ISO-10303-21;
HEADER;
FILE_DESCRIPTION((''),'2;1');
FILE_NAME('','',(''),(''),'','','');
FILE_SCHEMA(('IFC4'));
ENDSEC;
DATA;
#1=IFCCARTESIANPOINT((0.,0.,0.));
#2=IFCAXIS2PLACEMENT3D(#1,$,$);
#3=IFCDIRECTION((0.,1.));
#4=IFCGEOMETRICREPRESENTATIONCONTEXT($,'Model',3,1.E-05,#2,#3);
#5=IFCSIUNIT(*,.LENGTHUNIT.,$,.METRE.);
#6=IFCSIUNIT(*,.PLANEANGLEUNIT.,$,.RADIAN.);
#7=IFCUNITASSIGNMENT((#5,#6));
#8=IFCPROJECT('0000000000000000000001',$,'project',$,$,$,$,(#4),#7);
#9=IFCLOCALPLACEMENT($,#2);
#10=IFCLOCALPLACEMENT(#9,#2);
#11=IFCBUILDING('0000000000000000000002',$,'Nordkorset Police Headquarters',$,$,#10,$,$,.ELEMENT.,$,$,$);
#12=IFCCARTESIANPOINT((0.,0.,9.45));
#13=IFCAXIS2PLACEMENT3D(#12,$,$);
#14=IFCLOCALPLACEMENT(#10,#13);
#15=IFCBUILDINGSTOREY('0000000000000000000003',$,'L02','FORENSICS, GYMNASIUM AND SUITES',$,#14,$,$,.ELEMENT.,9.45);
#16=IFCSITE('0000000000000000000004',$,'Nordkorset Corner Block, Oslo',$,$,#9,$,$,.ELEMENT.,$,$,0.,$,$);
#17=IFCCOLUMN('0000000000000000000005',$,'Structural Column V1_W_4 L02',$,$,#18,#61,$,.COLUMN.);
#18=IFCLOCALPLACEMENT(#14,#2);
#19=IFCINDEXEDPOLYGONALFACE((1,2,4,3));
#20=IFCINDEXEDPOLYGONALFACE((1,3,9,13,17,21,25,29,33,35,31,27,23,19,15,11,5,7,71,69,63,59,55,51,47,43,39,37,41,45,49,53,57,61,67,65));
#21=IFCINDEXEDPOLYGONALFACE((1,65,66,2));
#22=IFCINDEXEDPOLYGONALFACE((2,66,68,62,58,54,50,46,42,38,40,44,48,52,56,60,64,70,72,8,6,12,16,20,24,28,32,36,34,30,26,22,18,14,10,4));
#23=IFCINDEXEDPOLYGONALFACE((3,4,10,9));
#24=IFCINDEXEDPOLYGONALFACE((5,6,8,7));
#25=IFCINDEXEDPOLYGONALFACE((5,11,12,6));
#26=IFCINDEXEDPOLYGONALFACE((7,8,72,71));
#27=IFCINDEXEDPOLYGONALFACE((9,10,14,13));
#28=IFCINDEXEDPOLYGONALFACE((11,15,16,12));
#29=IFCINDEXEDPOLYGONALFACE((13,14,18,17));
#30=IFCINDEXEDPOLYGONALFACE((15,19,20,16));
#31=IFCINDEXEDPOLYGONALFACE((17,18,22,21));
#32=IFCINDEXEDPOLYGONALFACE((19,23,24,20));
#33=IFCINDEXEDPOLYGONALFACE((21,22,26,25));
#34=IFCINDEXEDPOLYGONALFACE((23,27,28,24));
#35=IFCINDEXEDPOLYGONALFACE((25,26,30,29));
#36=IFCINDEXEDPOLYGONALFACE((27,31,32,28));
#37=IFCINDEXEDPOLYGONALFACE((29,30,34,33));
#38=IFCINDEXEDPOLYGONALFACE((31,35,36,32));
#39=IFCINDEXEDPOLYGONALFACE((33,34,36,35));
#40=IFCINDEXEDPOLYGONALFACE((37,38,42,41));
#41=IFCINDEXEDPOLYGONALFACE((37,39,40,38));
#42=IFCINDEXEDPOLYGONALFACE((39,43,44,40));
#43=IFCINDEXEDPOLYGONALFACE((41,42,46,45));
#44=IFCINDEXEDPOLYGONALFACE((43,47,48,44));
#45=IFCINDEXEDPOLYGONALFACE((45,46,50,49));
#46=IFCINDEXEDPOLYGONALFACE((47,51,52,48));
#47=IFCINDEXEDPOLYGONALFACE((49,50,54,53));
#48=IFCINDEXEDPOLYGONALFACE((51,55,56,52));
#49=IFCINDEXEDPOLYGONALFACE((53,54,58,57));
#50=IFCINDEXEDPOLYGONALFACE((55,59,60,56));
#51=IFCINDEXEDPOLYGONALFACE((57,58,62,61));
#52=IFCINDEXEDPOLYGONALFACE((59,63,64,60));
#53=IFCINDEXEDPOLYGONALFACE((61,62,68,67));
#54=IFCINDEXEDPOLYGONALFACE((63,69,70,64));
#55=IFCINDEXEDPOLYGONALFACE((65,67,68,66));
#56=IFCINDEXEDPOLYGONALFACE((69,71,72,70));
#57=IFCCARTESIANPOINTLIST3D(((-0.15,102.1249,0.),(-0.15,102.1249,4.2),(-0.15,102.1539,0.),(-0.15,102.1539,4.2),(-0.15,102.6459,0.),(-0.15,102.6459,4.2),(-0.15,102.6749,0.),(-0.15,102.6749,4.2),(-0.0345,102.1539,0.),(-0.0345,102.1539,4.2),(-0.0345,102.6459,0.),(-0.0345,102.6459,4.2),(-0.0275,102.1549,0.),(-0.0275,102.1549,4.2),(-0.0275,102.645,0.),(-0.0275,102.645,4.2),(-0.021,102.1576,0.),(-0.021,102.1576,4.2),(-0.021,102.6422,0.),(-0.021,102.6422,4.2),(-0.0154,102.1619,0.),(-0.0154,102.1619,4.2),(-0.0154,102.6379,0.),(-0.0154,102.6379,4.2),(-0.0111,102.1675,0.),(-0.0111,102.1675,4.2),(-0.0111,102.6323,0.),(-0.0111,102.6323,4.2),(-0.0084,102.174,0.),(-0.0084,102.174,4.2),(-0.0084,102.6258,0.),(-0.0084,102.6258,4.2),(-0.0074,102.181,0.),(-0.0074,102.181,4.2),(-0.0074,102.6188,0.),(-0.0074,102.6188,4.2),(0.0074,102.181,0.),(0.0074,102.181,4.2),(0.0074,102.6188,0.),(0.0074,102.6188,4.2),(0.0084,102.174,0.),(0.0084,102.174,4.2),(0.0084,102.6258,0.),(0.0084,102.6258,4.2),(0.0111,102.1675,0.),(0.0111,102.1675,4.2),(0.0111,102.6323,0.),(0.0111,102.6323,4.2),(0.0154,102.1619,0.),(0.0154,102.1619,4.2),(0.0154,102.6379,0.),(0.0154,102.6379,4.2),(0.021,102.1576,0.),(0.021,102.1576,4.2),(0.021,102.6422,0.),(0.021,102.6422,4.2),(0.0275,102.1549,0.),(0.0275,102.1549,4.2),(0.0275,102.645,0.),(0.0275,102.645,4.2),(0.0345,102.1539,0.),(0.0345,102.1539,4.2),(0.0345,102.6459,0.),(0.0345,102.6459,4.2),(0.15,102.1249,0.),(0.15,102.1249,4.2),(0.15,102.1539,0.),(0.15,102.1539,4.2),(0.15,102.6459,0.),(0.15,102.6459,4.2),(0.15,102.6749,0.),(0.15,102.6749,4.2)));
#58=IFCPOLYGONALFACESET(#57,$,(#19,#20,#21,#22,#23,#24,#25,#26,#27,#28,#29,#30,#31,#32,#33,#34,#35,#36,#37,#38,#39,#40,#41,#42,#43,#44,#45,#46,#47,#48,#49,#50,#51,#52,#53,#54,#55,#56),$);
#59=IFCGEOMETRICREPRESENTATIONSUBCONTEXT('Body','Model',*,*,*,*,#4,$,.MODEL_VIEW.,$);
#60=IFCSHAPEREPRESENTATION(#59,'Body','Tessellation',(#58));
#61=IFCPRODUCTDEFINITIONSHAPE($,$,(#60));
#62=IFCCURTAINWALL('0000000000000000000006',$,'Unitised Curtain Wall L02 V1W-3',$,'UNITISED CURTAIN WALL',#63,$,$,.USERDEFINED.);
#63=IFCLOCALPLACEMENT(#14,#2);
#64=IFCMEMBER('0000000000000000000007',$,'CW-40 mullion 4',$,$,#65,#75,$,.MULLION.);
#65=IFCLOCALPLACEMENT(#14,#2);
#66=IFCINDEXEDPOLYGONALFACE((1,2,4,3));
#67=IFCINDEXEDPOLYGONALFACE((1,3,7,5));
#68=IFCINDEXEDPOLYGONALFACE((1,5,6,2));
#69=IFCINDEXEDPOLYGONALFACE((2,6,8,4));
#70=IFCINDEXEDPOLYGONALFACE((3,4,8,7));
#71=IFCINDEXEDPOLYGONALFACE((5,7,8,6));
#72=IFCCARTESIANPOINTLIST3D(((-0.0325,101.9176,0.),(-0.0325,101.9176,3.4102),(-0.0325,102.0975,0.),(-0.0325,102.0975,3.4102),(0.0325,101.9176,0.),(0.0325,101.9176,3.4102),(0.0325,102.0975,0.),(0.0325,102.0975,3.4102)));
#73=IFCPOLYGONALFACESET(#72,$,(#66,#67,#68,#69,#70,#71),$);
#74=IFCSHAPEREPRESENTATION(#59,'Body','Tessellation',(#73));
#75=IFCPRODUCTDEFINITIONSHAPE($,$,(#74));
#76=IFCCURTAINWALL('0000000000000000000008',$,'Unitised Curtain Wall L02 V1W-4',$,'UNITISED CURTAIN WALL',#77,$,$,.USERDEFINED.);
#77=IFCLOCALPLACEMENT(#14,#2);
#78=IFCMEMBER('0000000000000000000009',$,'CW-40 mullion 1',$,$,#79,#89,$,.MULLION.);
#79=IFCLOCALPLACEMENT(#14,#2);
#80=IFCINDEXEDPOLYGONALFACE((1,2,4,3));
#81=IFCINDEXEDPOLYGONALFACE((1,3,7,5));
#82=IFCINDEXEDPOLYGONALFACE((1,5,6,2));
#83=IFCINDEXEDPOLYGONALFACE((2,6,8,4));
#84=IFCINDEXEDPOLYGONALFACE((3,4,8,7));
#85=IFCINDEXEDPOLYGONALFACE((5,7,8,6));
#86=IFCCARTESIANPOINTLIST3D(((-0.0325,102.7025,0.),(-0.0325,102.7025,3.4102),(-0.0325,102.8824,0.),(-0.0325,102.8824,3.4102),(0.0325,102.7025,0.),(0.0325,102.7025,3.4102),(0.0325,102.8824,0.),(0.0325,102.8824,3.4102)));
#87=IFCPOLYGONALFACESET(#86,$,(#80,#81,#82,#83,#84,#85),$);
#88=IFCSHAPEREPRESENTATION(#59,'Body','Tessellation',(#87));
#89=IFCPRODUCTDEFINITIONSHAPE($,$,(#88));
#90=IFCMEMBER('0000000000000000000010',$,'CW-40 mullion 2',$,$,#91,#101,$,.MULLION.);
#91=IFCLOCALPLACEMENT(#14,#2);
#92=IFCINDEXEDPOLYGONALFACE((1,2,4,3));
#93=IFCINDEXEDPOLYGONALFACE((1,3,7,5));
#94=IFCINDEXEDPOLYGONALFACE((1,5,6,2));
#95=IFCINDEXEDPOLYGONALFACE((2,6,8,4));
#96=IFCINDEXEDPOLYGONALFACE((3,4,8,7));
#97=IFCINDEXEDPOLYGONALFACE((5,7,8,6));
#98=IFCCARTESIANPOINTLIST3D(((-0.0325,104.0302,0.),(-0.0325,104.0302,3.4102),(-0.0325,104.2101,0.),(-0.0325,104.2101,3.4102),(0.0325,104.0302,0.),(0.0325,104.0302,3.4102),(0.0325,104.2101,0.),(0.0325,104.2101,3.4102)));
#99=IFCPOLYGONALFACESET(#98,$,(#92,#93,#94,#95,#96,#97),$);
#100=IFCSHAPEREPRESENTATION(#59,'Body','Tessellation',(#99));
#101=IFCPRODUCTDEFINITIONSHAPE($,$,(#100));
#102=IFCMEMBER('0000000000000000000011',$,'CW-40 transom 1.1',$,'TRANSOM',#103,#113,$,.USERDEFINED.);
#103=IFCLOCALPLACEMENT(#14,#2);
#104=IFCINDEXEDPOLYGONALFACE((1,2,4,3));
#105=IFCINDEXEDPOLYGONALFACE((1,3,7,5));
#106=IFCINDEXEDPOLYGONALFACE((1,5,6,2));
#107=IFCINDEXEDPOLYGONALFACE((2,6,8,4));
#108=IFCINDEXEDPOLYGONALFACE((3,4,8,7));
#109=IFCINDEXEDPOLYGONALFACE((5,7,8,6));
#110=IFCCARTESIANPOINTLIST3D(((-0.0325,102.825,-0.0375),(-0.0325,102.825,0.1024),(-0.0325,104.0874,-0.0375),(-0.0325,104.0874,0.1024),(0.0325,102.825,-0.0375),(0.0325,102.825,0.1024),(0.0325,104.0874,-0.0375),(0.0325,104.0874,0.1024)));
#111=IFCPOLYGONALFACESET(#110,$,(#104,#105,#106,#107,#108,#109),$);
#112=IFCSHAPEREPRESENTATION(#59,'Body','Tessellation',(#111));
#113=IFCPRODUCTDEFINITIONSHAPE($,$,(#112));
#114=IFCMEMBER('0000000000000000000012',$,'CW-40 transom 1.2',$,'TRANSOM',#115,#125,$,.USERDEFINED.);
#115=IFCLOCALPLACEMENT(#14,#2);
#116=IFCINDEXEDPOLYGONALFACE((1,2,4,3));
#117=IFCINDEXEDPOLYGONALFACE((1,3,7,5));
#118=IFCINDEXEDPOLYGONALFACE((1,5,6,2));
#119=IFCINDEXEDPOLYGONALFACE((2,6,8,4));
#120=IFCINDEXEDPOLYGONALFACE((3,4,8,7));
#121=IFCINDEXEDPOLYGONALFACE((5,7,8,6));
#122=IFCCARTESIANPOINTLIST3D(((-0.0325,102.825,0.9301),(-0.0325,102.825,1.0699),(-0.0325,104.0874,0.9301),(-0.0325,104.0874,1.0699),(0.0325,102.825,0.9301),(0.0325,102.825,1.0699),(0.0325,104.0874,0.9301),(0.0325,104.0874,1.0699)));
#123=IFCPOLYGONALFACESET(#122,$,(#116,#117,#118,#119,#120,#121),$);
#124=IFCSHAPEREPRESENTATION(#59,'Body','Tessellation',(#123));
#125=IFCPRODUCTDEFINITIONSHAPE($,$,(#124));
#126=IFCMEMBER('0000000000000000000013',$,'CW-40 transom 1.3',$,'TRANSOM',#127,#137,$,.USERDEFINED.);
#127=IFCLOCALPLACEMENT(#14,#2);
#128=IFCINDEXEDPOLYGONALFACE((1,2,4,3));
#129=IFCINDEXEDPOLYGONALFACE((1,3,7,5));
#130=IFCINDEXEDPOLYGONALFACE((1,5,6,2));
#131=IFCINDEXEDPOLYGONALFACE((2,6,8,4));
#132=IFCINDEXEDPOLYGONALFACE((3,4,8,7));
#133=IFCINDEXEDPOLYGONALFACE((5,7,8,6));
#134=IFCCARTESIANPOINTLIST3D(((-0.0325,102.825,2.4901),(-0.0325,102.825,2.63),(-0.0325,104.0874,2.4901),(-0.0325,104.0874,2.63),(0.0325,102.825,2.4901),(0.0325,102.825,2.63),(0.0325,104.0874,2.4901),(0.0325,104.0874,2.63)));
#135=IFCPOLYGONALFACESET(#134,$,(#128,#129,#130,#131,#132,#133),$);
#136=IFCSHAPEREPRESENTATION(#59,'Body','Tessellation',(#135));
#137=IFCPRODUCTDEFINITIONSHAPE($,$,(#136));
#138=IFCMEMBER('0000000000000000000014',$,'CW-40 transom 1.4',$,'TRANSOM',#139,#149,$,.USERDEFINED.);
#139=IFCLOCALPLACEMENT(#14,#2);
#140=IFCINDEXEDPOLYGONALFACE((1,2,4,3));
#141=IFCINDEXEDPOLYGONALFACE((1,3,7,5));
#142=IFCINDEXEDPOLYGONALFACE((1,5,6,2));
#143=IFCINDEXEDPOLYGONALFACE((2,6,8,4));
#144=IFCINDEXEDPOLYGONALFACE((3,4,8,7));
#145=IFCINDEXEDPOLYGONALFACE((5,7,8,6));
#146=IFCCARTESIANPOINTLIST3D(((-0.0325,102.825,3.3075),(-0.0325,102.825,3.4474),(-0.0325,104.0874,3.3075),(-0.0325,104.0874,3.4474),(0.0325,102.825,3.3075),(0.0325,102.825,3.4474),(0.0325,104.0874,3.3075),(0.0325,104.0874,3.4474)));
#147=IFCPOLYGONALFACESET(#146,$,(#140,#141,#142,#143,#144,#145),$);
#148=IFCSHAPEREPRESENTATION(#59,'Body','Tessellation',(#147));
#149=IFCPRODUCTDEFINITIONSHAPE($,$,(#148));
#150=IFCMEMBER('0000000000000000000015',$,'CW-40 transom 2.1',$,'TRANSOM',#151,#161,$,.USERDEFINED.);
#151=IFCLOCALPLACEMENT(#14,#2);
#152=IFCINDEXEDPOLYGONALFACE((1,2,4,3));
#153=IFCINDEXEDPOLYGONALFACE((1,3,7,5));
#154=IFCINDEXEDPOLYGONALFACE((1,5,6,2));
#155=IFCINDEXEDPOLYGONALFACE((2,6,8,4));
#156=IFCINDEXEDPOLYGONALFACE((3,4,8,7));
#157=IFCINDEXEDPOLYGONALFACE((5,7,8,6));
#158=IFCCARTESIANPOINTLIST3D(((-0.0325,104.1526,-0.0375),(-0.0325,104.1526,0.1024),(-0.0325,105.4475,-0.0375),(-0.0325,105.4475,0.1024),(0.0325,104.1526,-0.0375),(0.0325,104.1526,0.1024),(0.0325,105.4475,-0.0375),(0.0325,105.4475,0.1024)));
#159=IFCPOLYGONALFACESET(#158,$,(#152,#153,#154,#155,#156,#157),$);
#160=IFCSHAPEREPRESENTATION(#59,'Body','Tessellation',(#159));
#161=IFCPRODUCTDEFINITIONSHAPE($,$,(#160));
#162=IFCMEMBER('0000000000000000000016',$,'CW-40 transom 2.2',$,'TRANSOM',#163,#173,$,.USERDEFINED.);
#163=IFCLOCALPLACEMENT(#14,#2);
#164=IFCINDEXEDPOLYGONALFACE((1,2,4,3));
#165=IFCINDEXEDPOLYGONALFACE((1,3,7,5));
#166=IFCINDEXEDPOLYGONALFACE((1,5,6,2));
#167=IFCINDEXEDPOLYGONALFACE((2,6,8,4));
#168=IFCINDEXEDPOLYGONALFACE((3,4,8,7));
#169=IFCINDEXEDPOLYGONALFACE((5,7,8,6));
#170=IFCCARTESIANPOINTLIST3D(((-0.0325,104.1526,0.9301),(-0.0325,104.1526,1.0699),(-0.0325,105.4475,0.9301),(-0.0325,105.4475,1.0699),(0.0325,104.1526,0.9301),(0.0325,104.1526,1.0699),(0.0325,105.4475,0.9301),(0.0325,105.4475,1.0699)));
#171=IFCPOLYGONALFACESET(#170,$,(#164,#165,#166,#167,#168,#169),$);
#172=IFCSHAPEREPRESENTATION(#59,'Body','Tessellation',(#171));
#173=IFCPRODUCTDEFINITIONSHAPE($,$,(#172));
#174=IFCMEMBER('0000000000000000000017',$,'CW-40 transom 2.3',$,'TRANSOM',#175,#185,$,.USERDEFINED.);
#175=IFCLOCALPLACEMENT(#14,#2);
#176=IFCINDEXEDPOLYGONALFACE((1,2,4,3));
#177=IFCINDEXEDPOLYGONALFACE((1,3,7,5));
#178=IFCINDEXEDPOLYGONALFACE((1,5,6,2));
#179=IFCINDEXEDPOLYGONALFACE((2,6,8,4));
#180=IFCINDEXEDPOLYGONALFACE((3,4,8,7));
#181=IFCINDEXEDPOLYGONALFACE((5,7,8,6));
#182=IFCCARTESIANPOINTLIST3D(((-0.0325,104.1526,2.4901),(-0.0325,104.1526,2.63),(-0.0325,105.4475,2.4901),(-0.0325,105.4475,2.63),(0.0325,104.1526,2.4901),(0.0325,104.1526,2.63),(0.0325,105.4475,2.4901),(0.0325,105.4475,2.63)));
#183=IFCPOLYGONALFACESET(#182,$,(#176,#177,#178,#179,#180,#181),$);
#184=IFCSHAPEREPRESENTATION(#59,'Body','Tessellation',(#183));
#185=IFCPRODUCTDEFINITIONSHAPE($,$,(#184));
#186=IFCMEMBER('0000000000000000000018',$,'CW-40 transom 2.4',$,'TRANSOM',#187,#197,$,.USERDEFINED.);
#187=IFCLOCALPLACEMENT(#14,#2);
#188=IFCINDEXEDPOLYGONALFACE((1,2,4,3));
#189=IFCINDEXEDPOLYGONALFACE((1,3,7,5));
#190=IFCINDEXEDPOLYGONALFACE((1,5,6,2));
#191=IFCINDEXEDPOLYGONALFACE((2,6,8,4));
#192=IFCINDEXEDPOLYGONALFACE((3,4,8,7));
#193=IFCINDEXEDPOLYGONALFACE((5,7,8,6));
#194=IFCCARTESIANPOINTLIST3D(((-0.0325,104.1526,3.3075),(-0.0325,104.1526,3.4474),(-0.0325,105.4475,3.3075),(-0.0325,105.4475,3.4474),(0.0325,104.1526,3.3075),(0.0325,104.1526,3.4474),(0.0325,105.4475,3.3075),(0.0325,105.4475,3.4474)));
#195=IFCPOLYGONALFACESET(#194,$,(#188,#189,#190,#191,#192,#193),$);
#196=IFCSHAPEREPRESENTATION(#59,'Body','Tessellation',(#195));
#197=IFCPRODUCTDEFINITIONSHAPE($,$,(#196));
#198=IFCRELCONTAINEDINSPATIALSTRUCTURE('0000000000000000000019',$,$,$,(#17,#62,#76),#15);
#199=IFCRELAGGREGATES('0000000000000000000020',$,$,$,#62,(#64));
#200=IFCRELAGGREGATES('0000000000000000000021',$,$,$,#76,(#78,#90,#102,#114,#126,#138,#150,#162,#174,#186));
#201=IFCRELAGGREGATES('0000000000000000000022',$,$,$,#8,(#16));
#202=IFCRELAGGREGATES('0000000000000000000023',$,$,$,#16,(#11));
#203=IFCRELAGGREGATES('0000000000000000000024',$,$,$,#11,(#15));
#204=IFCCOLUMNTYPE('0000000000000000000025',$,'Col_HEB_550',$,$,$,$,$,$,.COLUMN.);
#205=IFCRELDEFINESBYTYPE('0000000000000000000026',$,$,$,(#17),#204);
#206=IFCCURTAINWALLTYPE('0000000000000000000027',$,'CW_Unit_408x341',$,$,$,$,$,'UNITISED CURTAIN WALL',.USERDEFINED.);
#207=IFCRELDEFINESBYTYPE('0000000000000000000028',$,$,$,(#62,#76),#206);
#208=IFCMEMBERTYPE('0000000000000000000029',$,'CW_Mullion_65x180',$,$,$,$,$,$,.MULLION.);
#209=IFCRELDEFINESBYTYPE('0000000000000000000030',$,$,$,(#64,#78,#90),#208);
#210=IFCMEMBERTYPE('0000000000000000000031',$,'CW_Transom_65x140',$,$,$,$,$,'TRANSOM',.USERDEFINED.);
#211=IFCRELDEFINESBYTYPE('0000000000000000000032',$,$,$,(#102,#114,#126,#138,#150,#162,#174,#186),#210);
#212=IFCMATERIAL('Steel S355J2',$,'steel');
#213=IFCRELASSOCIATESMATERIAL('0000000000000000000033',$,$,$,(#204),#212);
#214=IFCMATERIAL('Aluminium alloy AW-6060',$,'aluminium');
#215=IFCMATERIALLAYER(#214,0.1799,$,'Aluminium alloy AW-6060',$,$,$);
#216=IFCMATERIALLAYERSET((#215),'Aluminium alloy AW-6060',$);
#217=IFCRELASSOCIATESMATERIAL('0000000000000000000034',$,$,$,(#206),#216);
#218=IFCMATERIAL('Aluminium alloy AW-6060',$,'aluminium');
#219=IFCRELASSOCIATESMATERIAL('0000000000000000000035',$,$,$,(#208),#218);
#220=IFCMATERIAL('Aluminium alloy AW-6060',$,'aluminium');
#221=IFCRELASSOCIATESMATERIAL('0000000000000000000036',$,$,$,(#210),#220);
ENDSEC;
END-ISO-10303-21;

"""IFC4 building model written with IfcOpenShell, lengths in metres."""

from ifc_helpers import new_model, si_unit, direction, frame, origin, origin_2d, place, context, subcontext, project, spatial, rectangle, i_section, extrude, material, layer, layer_set, material_profile, profile_set, type_object, element, aggregate, save


model = new_model("IFC4")

# Units and contexts
model_context = context("Model", 3, precision=1e-05, world=origin(), true_north=direction((0.0, 1.0)))
body_context = subcontext(model_context, "Body", "Model", "MODEL_VIEW")
ifc_project = project(units=[si_unit("LENGTHUNIT", "METRE"), si_unit("PLANEANGLEUNIT", "RADIAN")], contexts=[model_context])

# Site, building, storey
site_placement = place(None, origin())
site = spatial("IfcSite", under=ifc_project, at=site_placement, Name="Nordkorset Corner Block, Oslo", CompositionType="ELEMENT", RefElevation=0.0)
building_placement = place(site_placement, origin())
building = spatial("IfcBuilding", under=site, at=building_placement, Name="Nordkorset Police Headquarters", CompositionType="ELEMENT")
storey_placement = place(building_placement, frame((0.0, 0.0, 9.45)))
storey = spatial("IfcBuildingStorey", under=building, at=storey_placement, Name="L02", Description="FORENSICS, GYMNASIUM AND SUITES", CompositionType="ELEMENT", Elevation=9.45)

# Column
ifc_material_1 = material(Name="Steel S355J2", Category="steel")
ifc_material_profile_1 = material_profile(ifc_material_1, i_section(OverallWidth=0.3, OverallDepth=0.55, WebThickness=0.0149, FlangeThickness=0.0291, FilletRadius=0.0271, at=origin_2d()), Name="HEB 550")
ifc_profile_set_1 = profile_set([ifc_material_profile_1], Name="Steel S355J2")
column_type = type_object("IfcColumnType", Name="Col_HEB_550", PredefinedType="COLUMN", material=ifc_profile_set_1)
column_placement = place(storey_placement, frame((0.0, 102.3999, 0.0), z_axis=(0.0, 0.0, 1.0), x_axis=(1.0, 0.0, 0.0)))
element("IfcColumn", 1, at=column_placement, inside=storey, type_object=column_type, Name="Structural Column V1_W_4 L02", PredefinedType="COLUMN", context=body_context, shape_type="SweptSolid", body=[
    extrude(i_section(OverallWidth=0.3, OverallDepth=0.55, WebThickness=0.0149, FlangeThickness=0.0291, FilletRadius=0.0271, at=origin_2d()), origin(), (0.0, 0.0, 1.0), 4.2),
])

# Curtain wall, member
ifc_material_2 = material(Name="Aluminium alloy AW-6060", Category="aluminium")
ifc_layer_1 = layer(ifc_material_2, 0.1799, Name="Aluminium alloy AW-6060")
ifc_layer_set_1 = layer_set([ifc_layer_1], Name="Aluminium alloy AW-6060")
curtain_wall_type = type_object("IfcCurtainWallType", Name="CW_Unit_408x341", ElementType="UNITISED CURTAIN WALL", PredefinedType="USERDEFINED", material=ifc_layer_set_1)
curtain_wall_1_placement = place(storey_placement, origin())
curtain_wall_1 = element("IfcCurtainWall", 2, at=curtain_wall_1_placement, inside=storey, type_object=curtain_wall_type, Name="Unitised Curtain Wall L02 V1W-3", ObjectType="UNITISED CURTAIN WALL", PredefinedType="USERDEFINED")
ifc_material_3 = material(Name="Aluminium alloy AW-6060", Category="aluminium")
ifc_material_profile_2 = material_profile(ifc_material_3, rectangle(XDim=0.0649, YDim=0.1799, at=origin_2d()), Name="ALU MULL 65x180")
ifc_profile_set_2 = profile_set([ifc_material_profile_2], Name="Aluminium alloy AW-6060")
member_type_1 = type_object("IfcMemberType", Name="CW_Mullion_65x180", PredefinedType="MULLION", material=ifc_profile_set_2)
member_1_placement = place(storey_placement, frame((0.0, 102.0076, 0.0), z_axis=(0.0, 0.0, 1.0), x_axis=(-1.0, 0.0, 0.0)))
member_1 = element("IfcMember", 3, at=member_1_placement, type_object=member_type_1, Name="CW-40 mullion 4", PredefinedType="MULLION", context=body_context, shape_type="SweptSolid", body=[
    extrude(rectangle(XDim=0.0649, YDim=0.1799, at=origin_2d()), origin(), (0.0, 0.0, 1.0), 3.4102),
])

# Curtain wall, members
curtain_wall_2_placement = place(storey_placement, origin())
curtain_wall_2 = element("IfcCurtainWall", 4, at=curtain_wall_2_placement, inside=storey, type_object=curtain_wall_type, Name="Unitised Curtain Wall L02 V1W-4", ObjectType="UNITISED CURTAIN WALL", PredefinedType="USERDEFINED")
member_2_placement = place(storey_placement, frame((0.0, 102.7925, 0.0), z_axis=(0.0, 0.0, 1.0), x_axis=(-1.0, 0.0, 0.0)))
member_2 = element("IfcMember", 5, at=member_2_placement, type_object=member_type_1, Name="CW-40 mullion 1", PredefinedType="MULLION", context=body_context, shape_type="SweptSolid", body=[
    extrude(rectangle(XDim=0.0649, YDim=0.1799, at=origin_2d()), origin(), (0.0, 0.0, 1.0), 3.4102),
])
member_3_placement = place(storey_placement, frame((0.0, 104.1201, 0.0), z_axis=(0.0, 0.0, 1.0), x_axis=(-1.0, 0.0, 0.0)))
member_3 = element("IfcMember", 6, at=member_3_placement, type_object=member_type_1, Name="CW-40 mullion 2", PredefinedType="MULLION", context=body_context, shape_type="SweptSolid", body=[
    extrude(rectangle(XDim=0.0649, YDim=0.1799, at=origin_2d()), origin(), (0.0, 0.0, 1.0), 3.4102),
])
ifc_material_4 = material(Name="Aluminium alloy AW-6060", Category="aluminium")
ifc_material_profile_3 = material_profile(ifc_material_4, rectangle(XDim=0.0649, YDim=0.1399, at=origin_2d()), Name="ALU TRAN 65x140")
ifc_profile_set_3 = profile_set([ifc_material_profile_3], Name="Aluminium alloy AW-6060")
member_type_2 = type_object("IfcMemberType", Name="CW_Transom_65x140", ElementType="TRANSOM", PredefinedType="USERDEFINED", material=ifc_profile_set_3)
member_4_placement = place(storey_placement, frame((0.0, 102.825, 0.0325), z_axis=(0.0, 1.0, 0.0), x_axis=(-1.0, 0.0, 0.0)))
member_4 = element("IfcMember", 7, at=member_4_placement, type_object=member_type_2, Name="CW-40 transom 1.1", ObjectType="TRANSOM", PredefinedType="USERDEFINED", context=body_context, shape_type="SweptSolid", body=[
    extrude(rectangle(XDim=0.0649, YDim=0.1399, at=origin_2d()), origin(), (0.0, 0.0, 1.0), 1.2625),
])
member_5_placement = place(storey_placement, frame((0.0, 102.825, 1.0), z_axis=(0.0, 1.0, 0.0), x_axis=(-1.0, 0.0, 0.0)))
member_5 = element("IfcMember", 8, at=member_5_placement, type_object=member_type_2, Name="CW-40 transom 1.2", ObjectType="TRANSOM", PredefinedType="USERDEFINED", context=body_context, shape_type="SweptSolid", body=[
    extrude(rectangle(XDim=0.0649, YDim=0.1399, at=origin_2d()), origin(), (0.0, 0.0, 1.0), 1.2625),
])
member_6_placement = place(storey_placement, frame((0.0, 102.825, 2.5601), z_axis=(0.0, 1.0, 0.0), x_axis=(-1.0, 0.0, 0.0)))
member_6 = element("IfcMember", 9, at=member_6_placement, type_object=member_type_2, Name="CW-40 transom 1.3", ObjectType="TRANSOM", PredefinedType="USERDEFINED", context=body_context, shape_type="SweptSolid", body=[
    extrude(rectangle(XDim=0.0649, YDim=0.1399, at=origin_2d()), origin(), (0.0, 0.0, 1.0), 1.2625),
])
member_7_placement = place(storey_placement, frame((0.0, 102.825, 3.3774), z_axis=(0.0, 1.0, 0.0), x_axis=(-1.0, 0.0, 0.0)))
member_7 = element("IfcMember", 10, at=member_7_placement, type_object=member_type_2, Name="CW-40 transom 1.4", ObjectType="TRANSOM", PredefinedType="USERDEFINED", context=body_context, shape_type="SweptSolid", body=[
    extrude(rectangle(XDim=0.0649, YDim=0.1399, at=origin_2d()), origin(), (0.0, 0.0, 1.0), 1.2625),
])
member_8_placement = place(storey_placement, frame((0.0, 104.1526, 0.0325), z_axis=(0.0, 1.0, 0.0), x_axis=(-1.0, 0.0, 0.0)))
member_8 = element("IfcMember", 11, at=member_8_placement, type_object=member_type_2, Name="CW-40 transom 2.1", ObjectType="TRANSOM", PredefinedType="USERDEFINED", context=body_context, shape_type="SweptSolid", body=[
    extrude(rectangle(XDim=0.0649, YDim=0.1399, at=origin_2d()), origin(), (0.0, 0.0, 1.0), 1.2949),
])
member_9_placement = place(storey_placement, frame((0.0, 104.1526, 1.0), z_axis=(0.0, 1.0, 0.0), x_axis=(-1.0, 0.0, 0.0)))
member_9 = element("IfcMember", 12, at=member_9_placement, type_object=member_type_2, Name="CW-40 transom 2.2", ObjectType="TRANSOM", PredefinedType="USERDEFINED", context=body_context, shape_type="SweptSolid", body=[
    extrude(rectangle(XDim=0.0649, YDim=0.1399, at=origin_2d()), origin(), (0.0, 0.0, 1.0), 1.2949),
])
member_10_placement = place(storey_placement, frame((0.0, 104.1526, 2.5601), z_axis=(0.0, 1.0, 0.0), x_axis=(-1.0, 0.0, 0.0)))
member_10 = element("IfcMember", 13, at=member_10_placement, type_object=member_type_2, Name="CW-40 transom 2.3", ObjectType="TRANSOM", PredefinedType="USERDEFINED", context=body_context, shape_type="SweptSolid", body=[
    extrude(rectangle(XDim=0.0649, YDim=0.1399, at=origin_2d()), origin(), (0.0, 0.0, 1.0), 1.2949),
])
member_11_placement = place(storey_placement, frame((0.0, 104.1526, 3.3774), z_axis=(0.0, 1.0, 0.0), x_axis=(-1.0, 0.0, 0.0)))
member_11 = element("IfcMember", 14, at=member_11_placement, type_object=member_type_2, Name="CW-40 transom 2.4", ObjectType="TRANSOM", PredefinedType="USERDEFINED", context=body_context, shape_type="SweptSolid", body=[
    extrude(rectangle(XDim=0.0649, YDim=0.1399, at=origin_2d()), origin(), (0.0, 0.0, 1.0), 1.2949),
])

aggregate(curtain_wall_1, [member_1])
aggregate(curtain_wall_2, [member_2, member_3, member_4, member_5, member_6, member_7, member_8, member_9, member_10, member_11])

save(model, "model.ifc")
